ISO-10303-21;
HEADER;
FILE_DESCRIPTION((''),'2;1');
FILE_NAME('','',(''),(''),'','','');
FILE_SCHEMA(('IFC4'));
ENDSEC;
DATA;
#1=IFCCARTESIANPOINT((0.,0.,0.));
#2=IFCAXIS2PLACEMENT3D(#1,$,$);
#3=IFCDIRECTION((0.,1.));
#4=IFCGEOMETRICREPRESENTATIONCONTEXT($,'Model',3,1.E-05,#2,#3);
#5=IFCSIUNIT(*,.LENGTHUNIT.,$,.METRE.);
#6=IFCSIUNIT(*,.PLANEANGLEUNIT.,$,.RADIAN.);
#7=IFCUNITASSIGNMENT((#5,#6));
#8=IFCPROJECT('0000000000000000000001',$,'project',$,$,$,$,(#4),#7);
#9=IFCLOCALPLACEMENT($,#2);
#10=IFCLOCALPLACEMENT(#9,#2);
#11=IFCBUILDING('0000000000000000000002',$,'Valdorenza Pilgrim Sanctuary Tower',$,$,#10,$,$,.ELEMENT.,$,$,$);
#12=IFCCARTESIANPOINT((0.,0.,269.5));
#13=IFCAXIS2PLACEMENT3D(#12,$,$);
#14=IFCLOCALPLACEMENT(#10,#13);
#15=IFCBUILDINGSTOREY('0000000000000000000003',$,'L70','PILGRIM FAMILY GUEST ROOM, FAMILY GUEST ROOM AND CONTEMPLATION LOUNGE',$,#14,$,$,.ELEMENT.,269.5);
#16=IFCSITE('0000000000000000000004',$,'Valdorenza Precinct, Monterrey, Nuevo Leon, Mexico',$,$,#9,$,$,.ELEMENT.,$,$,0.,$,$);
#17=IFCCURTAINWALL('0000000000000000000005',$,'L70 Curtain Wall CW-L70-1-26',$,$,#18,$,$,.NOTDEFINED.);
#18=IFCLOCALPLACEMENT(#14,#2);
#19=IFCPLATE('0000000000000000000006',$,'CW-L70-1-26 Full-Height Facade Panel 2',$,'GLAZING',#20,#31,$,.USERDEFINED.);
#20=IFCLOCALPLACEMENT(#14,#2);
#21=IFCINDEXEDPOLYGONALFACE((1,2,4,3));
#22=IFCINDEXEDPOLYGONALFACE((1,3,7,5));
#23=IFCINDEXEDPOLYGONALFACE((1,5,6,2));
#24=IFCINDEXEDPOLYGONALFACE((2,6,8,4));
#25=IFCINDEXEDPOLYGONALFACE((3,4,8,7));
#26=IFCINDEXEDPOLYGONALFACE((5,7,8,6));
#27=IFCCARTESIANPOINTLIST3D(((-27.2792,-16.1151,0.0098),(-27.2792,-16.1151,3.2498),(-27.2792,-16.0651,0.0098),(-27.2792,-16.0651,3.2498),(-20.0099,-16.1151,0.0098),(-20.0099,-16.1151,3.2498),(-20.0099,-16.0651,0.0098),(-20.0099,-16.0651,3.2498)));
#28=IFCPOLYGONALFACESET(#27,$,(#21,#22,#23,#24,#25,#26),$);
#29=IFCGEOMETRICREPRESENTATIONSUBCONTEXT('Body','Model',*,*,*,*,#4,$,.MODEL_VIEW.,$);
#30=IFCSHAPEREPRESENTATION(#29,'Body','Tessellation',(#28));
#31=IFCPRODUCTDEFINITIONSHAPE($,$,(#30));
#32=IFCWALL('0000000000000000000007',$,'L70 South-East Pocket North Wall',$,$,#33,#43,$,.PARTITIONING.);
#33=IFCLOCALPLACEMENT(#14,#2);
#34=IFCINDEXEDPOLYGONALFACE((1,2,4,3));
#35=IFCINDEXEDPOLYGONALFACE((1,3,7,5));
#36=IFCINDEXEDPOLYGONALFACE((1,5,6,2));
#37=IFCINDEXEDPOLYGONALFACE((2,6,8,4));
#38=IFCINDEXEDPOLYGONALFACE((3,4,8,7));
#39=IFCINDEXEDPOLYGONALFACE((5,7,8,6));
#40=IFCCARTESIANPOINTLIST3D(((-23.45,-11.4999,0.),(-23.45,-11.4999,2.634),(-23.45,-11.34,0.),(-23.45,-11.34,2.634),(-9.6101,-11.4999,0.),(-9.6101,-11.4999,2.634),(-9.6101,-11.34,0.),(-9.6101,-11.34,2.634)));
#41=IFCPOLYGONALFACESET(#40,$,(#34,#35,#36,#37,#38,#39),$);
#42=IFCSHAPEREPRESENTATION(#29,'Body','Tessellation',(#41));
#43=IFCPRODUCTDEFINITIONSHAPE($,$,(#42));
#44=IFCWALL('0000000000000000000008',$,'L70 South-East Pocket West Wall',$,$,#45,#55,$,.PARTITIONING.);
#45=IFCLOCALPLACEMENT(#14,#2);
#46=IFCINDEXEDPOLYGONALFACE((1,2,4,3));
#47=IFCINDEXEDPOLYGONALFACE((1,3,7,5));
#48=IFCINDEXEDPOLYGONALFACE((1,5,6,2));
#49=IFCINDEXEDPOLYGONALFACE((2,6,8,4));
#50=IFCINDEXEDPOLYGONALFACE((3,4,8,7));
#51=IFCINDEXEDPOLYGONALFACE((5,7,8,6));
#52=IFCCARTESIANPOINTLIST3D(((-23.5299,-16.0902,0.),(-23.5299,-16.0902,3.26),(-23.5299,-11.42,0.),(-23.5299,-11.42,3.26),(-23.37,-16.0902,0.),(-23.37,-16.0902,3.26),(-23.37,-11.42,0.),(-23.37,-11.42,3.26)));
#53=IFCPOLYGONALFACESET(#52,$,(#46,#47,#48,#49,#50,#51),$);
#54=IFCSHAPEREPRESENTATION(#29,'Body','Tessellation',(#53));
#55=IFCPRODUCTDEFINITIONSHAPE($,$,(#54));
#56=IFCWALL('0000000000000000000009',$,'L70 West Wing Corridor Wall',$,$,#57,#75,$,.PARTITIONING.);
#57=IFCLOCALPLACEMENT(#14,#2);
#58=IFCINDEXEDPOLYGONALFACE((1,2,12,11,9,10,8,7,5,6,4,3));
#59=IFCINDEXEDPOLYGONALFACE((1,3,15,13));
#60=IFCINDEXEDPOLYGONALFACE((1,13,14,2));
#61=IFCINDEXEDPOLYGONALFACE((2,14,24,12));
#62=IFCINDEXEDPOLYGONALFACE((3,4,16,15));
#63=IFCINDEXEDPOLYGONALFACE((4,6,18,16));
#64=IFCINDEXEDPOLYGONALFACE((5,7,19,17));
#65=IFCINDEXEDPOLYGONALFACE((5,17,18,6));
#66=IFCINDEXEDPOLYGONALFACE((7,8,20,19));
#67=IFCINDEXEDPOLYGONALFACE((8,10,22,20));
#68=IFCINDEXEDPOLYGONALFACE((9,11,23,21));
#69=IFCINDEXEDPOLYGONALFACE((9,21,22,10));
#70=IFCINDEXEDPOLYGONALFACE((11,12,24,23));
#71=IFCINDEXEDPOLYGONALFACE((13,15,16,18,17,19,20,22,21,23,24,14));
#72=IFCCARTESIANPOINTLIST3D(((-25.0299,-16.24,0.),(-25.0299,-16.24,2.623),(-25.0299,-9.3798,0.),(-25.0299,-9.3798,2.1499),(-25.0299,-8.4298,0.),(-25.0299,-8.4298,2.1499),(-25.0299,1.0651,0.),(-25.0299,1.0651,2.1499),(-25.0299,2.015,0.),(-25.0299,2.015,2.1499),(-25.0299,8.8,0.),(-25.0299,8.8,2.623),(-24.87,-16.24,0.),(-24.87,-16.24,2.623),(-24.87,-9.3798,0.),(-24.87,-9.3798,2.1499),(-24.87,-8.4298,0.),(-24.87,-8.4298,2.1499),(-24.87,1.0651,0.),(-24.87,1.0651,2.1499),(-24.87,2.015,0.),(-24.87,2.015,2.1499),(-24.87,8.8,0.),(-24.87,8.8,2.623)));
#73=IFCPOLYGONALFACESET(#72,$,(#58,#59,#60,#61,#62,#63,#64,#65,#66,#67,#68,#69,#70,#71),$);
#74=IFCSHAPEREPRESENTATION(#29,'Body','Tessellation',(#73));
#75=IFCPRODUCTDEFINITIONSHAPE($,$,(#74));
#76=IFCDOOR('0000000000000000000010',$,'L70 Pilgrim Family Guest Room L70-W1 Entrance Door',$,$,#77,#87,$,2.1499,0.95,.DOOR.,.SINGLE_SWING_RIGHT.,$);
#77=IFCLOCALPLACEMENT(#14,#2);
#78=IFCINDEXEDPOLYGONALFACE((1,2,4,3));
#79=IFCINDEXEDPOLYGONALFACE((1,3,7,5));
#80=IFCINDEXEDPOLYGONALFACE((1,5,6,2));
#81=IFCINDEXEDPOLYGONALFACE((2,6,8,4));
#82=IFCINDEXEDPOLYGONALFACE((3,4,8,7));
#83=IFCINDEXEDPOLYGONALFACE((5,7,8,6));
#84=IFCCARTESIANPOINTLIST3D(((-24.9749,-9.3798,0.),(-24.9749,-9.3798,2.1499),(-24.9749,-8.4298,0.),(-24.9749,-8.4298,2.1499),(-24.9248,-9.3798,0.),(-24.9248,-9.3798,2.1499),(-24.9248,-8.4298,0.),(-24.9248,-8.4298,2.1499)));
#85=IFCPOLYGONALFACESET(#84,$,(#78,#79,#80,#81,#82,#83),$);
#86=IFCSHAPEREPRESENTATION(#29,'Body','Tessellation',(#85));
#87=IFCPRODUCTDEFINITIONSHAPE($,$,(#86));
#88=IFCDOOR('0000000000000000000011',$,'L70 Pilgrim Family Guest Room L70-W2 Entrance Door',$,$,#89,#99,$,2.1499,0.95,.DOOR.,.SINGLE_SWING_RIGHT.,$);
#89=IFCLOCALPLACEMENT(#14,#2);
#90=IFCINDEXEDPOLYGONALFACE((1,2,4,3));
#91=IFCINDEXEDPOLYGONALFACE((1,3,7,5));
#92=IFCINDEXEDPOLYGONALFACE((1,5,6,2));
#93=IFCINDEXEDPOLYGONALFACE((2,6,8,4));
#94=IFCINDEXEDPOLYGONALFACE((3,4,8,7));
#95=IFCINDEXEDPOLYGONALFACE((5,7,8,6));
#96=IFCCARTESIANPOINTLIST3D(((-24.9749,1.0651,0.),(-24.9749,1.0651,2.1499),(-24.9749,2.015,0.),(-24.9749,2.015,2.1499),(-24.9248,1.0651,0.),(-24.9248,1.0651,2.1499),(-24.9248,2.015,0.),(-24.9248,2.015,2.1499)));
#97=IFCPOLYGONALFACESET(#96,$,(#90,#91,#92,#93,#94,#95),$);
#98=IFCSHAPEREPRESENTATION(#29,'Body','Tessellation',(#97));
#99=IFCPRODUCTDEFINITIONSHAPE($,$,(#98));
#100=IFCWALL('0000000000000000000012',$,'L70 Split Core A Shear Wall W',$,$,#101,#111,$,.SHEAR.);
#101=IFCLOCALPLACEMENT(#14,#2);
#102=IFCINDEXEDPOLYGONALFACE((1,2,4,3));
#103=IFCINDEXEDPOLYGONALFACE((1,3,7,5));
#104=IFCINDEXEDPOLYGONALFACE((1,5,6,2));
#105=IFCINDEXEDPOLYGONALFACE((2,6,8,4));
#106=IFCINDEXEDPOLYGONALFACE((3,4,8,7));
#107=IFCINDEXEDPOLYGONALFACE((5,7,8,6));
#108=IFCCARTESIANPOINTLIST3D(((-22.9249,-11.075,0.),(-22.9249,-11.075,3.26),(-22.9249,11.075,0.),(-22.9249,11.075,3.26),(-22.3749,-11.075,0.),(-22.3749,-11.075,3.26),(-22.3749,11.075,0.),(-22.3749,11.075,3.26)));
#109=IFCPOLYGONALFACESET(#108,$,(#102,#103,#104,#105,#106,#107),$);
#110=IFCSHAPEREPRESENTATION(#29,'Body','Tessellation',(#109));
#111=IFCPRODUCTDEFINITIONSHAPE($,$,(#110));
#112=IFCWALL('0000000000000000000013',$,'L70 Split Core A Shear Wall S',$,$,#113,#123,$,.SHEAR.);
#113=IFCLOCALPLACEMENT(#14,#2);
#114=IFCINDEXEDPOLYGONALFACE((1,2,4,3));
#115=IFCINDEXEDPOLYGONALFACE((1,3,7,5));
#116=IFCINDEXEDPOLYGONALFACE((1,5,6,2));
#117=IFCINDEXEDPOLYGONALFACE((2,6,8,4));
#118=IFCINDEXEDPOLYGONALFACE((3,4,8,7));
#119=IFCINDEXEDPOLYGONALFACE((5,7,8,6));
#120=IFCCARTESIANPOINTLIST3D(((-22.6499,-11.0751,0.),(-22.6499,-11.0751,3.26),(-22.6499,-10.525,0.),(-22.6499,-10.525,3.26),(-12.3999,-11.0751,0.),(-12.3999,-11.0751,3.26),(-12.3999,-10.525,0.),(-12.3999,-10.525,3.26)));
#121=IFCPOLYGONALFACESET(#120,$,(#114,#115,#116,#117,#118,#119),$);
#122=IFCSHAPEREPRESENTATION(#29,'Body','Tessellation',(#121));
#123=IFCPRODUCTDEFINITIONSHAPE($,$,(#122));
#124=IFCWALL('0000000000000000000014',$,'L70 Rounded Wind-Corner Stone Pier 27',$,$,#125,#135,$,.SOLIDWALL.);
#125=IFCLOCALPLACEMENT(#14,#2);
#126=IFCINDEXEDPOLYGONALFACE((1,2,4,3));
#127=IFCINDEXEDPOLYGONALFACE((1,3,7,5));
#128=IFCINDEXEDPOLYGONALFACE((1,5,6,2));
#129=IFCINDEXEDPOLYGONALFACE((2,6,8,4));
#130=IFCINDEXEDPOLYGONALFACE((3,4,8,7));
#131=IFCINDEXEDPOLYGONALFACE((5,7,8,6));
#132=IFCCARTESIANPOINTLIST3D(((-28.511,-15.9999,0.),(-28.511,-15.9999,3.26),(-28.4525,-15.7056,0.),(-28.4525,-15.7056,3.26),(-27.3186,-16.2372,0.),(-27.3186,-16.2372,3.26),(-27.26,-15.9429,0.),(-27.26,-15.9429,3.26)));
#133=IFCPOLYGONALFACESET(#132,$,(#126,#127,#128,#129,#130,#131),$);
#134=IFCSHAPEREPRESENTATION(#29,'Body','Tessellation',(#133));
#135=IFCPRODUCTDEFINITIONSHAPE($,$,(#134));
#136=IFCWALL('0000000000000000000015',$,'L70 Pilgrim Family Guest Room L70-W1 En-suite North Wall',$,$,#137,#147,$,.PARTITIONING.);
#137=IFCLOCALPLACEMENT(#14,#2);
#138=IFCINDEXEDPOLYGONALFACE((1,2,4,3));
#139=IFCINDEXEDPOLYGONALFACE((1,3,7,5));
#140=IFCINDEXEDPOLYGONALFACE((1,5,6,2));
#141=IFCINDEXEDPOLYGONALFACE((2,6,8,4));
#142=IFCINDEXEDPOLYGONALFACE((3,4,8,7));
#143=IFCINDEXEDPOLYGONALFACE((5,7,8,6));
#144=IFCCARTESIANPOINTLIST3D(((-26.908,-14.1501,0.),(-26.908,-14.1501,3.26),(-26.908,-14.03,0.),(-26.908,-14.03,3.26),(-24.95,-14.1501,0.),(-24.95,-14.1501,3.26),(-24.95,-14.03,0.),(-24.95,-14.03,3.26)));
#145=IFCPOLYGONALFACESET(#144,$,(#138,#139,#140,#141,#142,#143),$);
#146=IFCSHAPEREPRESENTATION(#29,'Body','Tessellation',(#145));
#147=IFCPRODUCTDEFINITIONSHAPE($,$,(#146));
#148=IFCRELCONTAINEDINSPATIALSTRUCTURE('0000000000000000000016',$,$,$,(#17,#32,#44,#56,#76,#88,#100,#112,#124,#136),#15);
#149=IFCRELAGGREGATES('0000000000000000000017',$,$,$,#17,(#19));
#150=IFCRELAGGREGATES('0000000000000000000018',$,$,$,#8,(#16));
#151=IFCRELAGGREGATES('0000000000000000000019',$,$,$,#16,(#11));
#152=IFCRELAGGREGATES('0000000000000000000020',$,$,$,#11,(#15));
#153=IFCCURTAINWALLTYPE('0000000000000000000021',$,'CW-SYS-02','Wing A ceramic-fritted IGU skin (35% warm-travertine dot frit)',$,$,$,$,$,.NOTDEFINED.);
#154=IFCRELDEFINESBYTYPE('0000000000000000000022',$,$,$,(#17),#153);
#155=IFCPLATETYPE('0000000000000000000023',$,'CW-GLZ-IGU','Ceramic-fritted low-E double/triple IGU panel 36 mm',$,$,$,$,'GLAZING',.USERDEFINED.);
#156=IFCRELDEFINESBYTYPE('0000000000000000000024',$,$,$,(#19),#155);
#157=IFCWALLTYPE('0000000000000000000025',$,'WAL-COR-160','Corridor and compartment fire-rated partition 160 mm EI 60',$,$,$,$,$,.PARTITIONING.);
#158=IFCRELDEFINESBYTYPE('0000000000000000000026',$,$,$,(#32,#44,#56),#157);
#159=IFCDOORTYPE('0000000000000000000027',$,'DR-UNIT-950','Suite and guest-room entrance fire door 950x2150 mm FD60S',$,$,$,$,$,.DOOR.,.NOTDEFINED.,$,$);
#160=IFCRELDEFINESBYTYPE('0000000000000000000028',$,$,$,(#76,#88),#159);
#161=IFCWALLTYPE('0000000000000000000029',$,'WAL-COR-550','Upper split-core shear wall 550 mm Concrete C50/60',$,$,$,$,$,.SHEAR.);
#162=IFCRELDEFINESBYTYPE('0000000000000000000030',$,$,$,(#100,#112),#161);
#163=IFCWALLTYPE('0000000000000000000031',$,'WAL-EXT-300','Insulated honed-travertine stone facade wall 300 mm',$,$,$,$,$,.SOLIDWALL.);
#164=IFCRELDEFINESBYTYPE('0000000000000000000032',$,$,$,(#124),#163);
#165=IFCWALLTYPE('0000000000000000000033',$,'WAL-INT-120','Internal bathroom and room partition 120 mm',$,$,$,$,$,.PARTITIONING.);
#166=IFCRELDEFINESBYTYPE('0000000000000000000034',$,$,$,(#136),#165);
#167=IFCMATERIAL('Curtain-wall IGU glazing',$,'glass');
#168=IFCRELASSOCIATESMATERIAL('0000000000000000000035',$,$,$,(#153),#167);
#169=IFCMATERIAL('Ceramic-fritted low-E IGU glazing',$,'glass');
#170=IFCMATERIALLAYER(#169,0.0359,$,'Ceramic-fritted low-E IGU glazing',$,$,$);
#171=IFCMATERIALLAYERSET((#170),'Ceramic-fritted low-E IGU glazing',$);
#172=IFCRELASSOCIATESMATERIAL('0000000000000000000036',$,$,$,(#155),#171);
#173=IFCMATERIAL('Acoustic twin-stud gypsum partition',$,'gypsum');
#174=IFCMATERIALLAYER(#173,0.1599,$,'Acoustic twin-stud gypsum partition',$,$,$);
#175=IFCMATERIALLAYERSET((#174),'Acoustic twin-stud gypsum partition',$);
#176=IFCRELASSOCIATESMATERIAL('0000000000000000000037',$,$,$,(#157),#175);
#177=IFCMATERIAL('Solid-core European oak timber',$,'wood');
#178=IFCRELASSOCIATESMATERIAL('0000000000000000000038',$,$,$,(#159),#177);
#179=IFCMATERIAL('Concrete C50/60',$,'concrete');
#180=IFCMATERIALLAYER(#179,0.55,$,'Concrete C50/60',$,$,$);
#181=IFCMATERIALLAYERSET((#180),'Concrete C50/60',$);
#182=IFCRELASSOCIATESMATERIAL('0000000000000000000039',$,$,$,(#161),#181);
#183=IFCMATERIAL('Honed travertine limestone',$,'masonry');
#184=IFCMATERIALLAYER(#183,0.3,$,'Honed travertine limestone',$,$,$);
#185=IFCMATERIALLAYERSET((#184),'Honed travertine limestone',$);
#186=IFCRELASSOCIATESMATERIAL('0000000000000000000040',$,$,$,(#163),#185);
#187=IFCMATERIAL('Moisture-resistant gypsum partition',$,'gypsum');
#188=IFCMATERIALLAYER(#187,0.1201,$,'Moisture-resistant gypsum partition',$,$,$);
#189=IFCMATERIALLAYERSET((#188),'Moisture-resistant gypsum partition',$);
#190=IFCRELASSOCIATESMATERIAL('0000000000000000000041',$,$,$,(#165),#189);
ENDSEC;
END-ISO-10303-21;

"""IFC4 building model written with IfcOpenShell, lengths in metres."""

from ifc_helpers import new_model, si_unit, direction, frame, frame_2d, origin, origin_2d, place, context, subcontext, project, spatial, rectangle, extrude, source, transform, mapped, material, layer, layer_set, type_object, element, fill, aggregate, save


model = new_model("IFC4")

# Units and contexts
model_context = context("Model", 3, precision=1e-05, world=origin(), true_north=direction((0.0, 1.0)))
body_context = subcontext(model_context, "Body", "Model", "MODEL_VIEW")
ifc_project = project(units=[si_unit("LENGTHUNIT", "METRE"), si_unit("PLANEANGLEUNIT", "RADIAN")], contexts=[model_context])

# Site, building, storey
site_placement = place(None, origin())
site = spatial("IfcSite", under=ifc_project, at=site_placement, Name="Valdorenza Precinct, Monterrey, Nuevo Leon, Mexico", CompositionType="ELEMENT", RefElevation=0.0)
building_placement = place(site_placement, origin())
building = spatial("IfcBuilding", under=site, at=building_placement, Name="Valdorenza Pilgrim Sanctuary Tower", CompositionType="ELEMENT")
storey_placement = place(building_placement, frame((0.0, 0.0, 269.5)))
storey = spatial("IfcBuildingStorey", under=building, at=storey_placement, Name="L70", Description="PILGRIM FAMILY GUEST ROOM, FAMILY GUEST ROOM AND CONTEMPLATION LOUNGE", CompositionType="ELEMENT", Elevation=269.5)

# Shared definitions
ifc_material_1 = material(Name="Concrete C50/60", Category="concrete")

# Curtain wall, plate
ifc_material_2 = material(Name="Curtain-wall IGU glazing", Category="glass")
curtain_wall_type = type_object("IfcCurtainWallType", Name="CW-SYS-02", Description="Wing A ceramic-fritted IGU skin (35% warm-travertine dot frit)", PredefinedType="NOTDEFINED", material=ifc_material_2)
curtain_wall_placement = place(storey_placement, origin())
curtain_wall = element("IfcCurtainWall", 1, at=curtain_wall_placement, inside=storey, type_object=curtain_wall_type, Name="L70 Curtain Wall CW-L70-1-26", PredefinedType="NOTDEFINED")
ifc_material_3 = material(Name="Ceramic-fritted low-E IGU glazing", Category="glass")
ifc_layer_1 = layer(ifc_material_3, 0.0359, Name="Ceramic-fritted low-E IGU glazing")
ifc_layer_set_1 = layer_set([ifc_layer_1], Name="Ceramic-fritted low-E IGU glazing")
plate_type = type_object("IfcPlateType", Name="CW-GLZ-IGU", Description="Ceramic-fritted low-E double/triple IGU panel 36 mm", ElementType="GLAZING", PredefinedType="USERDEFINED", material=ifc_layer_set_1)
shared_shape_1 = source(origin(), body_context, "Body", "SweptSolid", [
    extrude(rectangle(XDim=7.2693, YDim=0.05, at=origin_2d()), origin(), (0.0, 0.0, 1.0), 3.24),
])
plate_placement = place(storey_placement, frame((-23.6445, -16.0901, 0.0098), z_axis=(0.0, 0.0, 1.0), x_axis=(-1.0, 0.0, 0.0)))
plate = element("IfcPlate", 2, at=plate_placement, type_object=plate_type, Name="CW-L70-1-26 Full-Height Facade Panel 2", ObjectType="GLAZING", PredefinedType="USERDEFINED", context=body_context, shape_type="MappedRepresentation", body=[
    mapped(shared_shape_1, transform((0.0, 0.0, 0.0), x_axis=(1.0, 0.0, 0.0), y_axis=(0.0, 1.0, 0.0), z_axis=(0.0, 0.0, 1.0), scale=1.0)),
])
aggregate(curtain_wall, [plate])

# Walls
ifc_material_4 = material(Name="Acoustic twin-stud gypsum partition", Category="gypsum")
ifc_layer_2 = layer(ifc_material_4, 0.1599, Name="Acoustic twin-stud gypsum partition")
ifc_layer_set_2 = layer_set([ifc_layer_2], Name="Acoustic twin-stud gypsum partition")
wall_type_1 = type_object("IfcWallType", Name="WAL-COR-160", Description="Corridor and compartment fire-rated partition 160 mm EI 60", PredefinedType="PARTITIONING", material=ifc_layer_set_2)
wall_1_placement = place(storey_placement, frame((-23.45, -11.4199, 0.0), z_axis=(0.0, 0.0, 1.0), x_axis=(1.0, 0.0, 0.0)))
element("IfcWall", 3, at=wall_1_placement, inside=storey, type_object=wall_type_1, Name="L70 South-East Pocket North Wall", PredefinedType="PARTITIONING", context=body_context, shape_type="SweptSolid", body=[
    extrude(rectangle(XDim=13.8398, YDim=0.1599, at=frame_2d((6.9199, 0.0))), origin(), (0.0, 0.0, 1.0), 2.634),
])
wall_2_placement = place(storey_placement, frame((-23.45, -16.0901, 0.0), z_axis=(0.0, 0.0, 1.0), x_axis=(0.0, 1.0, 0.0)))
element("IfcWall", 4, at=wall_2_placement, inside=storey, type_object=wall_type_1, Name="L70 South-East Pocket West Wall", PredefinedType="PARTITIONING", context=body_context, shape_type="SweptSolid", body=[
    extrude(rectangle(XDim=4.6702, YDim=0.1599, at=frame_2d((2.335, 0.0))), origin(), (0.0, 0.0, 1.0), 3.26),
])

# Wall, openings, doors
wall_3_placement = place(storey_placement, frame((-24.95, -16.24, 0.0), z_axis=(0.0, 0.0, 1.0), x_axis=(0.0, 1.0, 0.0)))
wall_3 = element("IfcWall", 5, at=wall_3_placement, inside=storey, type_object=wall_type_1, Name="L70 West Wing Corridor Wall", PredefinedType="PARTITIONING", context=body_context, shape_type="SweptSolid", body=[
    extrude(rectangle(XDim=25.04, YDim=0.1599, at=frame_2d((12.52, 0.0))), origin(), (0.0, 0.0, 1.0), 2.623),
])
opening_1_placement = place(wall_3_placement, frame((6.8601, 0.0, 0.0)))
opening_1 = element("IfcOpeningElement", 6, at=opening_1_placement, cuts=wall_3, PredefinedType="OPENING", context=body_context, shape_type="SweptSolid", body=[
    extrude(rectangle(XDim=0.95, YDim=2.1499, at=frame_2d((0.4751, 1.075))), frame((0.0, 0.0947, 0.0), z_axis=(0.0, -1.0, 0.0), x_axis=(1.0, 0.0, 0.0)), (0.0, 0.0, 1.0), 0.1897),
])
opening_2_placement = place(wall_3_placement, frame((17.3049, 0.0, 0.0)))
opening_2 = element("IfcOpeningElement", 7, at=opening_2_placement, cuts=wall_3, PredefinedType="OPENING", context=body_context, shape_type="SweptSolid", body=[
    extrude(rectangle(XDim=0.95, YDim=2.1499, at=frame_2d((0.4751, 1.075))), frame((0.0, 0.0947, 0.0), z_axis=(0.0, -1.0, 0.0), x_axis=(1.0, 0.0, 0.0)), (0.0, 0.0, 1.0), 0.1897),
])
ifc_material_5 = material(Name="Solid-core European oak timber", Category="wood")
door_type_1 = type_object("IfcDoorType", Name="DR-UNIT-950", Description="Suite and guest-room entrance fire door 950x2150 mm FD60S", OperationType="NOTDEFINED", PredefinedType="DOOR", material=ifc_material_5)
door_1_placement = place(opening_1_placement, origin())
door_1 = element("IfcDoor", 8, at=door_1_placement, inside=storey, type_object=door_type_1, Name="L70 Pilgrim Family Guest Room L70-W1 Entrance Door", OperationType="SINGLE_SWING_RIGHT", OverallHeight=2.1499, OverallWidth=0.95, PredefinedType="DOOR", context=body_context, shape_type="SweptSolid", body=[
    extrude(rectangle(XDim=0.95, YDim=2.1499, at=frame_2d((0.4751, 1.075))), frame((0.0, 0.0249, 0.0), z_axis=(0.0, -1.0, 0.0), x_axis=(1.0, 0.0, 0.0)), (0.0, 0.0, 1.0), 0.05),
])
fill(opening_1, door_1)
door_2_placement = place(opening_2_placement, origin())
door_2 = element("IfcDoor", 9, at=door_2_placement, inside=storey, type_object=door_type_1, Name="L70 Pilgrim Family Guest Room L70-W2 Entrance Door", OperationType="SINGLE_SWING_RIGHT", OverallHeight=2.1499, OverallWidth=0.95, PredefinedType="DOOR", context=body_context, shape_type="SweptSolid", body=[
    extrude(rectangle(XDim=0.95, YDim=2.1499, at=frame_2d((0.4751, 1.075))), frame((0.0, 0.0249, 0.0), z_axis=(0.0, -1.0, 0.0), x_axis=(1.0, 0.0, 0.0)), (0.0, 0.0, 1.0), 0.05),
])
fill(opening_2, door_2)

# Walls
ifc_layer_3 = layer(ifc_material_1, 0.55, Name="Concrete C50/60")
ifc_layer_set_3 = layer_set([ifc_layer_3], Name="Concrete C50/60")
wall_type_2 = type_object("IfcWallType", Name="WAL-COR-550", Description="Upper split-core shear wall 550 mm Concrete C50/60", PredefinedType="SHEAR", material=ifc_layer_set_3)
wall_4_placement = place(storey_placement, frame((-22.6499, -11.075, 0.0), z_axis=(0.0, 0.0, 1.0), x_axis=(0.0, 1.0, 0.0)))
element("IfcWall", 10, at=wall_4_placement, inside=storey, type_object=wall_type_2, Name="L70 Split Core A Shear Wall W", PredefinedType="SHEAR", context=body_context, shape_type="SweptSolid", body=[
    extrude(rectangle(XDim=22.1499, YDim=0.55, at=frame_2d((11.075, 0.0))), origin(), (0.0, 0.0, 1.0), 3.26),
])
wall_5_placement = place(storey_placement, frame((-22.6499, -10.8, 0.0), z_axis=(0.0, 0.0, 1.0), x_axis=(1.0, 0.0, 0.0)))
element("IfcWall", 11, at=wall_5_placement, inside=storey, type_object=wall_type_2, Name="L70 Split Core A Shear Wall S", PredefinedType="SHEAR", context=body_context, shape_type="SweptSolid", body=[
    extrude(rectangle(XDim=10.25, YDim=0.55, at=frame_2d((5.125, 0.0))), origin(), (0.0, 0.0, 1.0), 3.26),
])
ifc_material_6 = material(Name="Honed travertine limestone", Category="masonry")
ifc_layer_4 = layer(ifc_material_6, 0.3, Name="Honed travertine limestone")
ifc_layer_set_4 = layer_set([ifc_layer_4], Name="Honed travertine limestone")
wall_type_3 = type_object("IfcWallType", Name="WAL-EXT-300", Description="Insulated honed-travertine stone facade wall 300 mm", PredefinedType="SOLIDWALL", material=ifc_layer_set_4)
wall_6_placement = place(storey_placement, frame((-27.2893, -16.0901, 0.0), z_axis=(0.0, 0.0, 1.0), x_axis=(-0.980766, 0.195189, 0.0)))
element("IfcWall", 12, at=wall_6_placement, inside=storey, type_object=wall_type_3, Name="L70 Rounded Wind-Corner Stone Pier 27", PredefinedType="SOLIDWALL", context=body_context, shape_type="SweptSolid", body=[
    extrude(rectangle(XDim=1.2158, YDim=0.3, at=frame_2d((0.6079, 0.0))), origin(), (0.0, 0.0, 1.0), 3.26),
])
ifc_material_7 = material(Name="Moisture-resistant gypsum partition", Category="gypsum")
ifc_layer_5 = layer(ifc_material_7, 0.1201, Name="Moisture-resistant gypsum partition")
ifc_layer_set_5 = layer_set([ifc_layer_5], Name="Moisture-resistant gypsum partition")
wall_type_4 = type_object("IfcWallType", Name="WAL-INT-120", Description="Internal bathroom and room partition 120 mm", PredefinedType="PARTITIONING", material=ifc_layer_set_5)
wall_7_placement = place(storey_placement, frame((-26.908, -14.0901, 0.0), z_axis=(0.0, 0.0, 1.0), x_axis=(1.0, 0.0, 0.0)))
element("IfcWall", 13, at=wall_7_placement, inside=storey, type_object=wall_type_4, Name="L70 Pilgrim Family Guest Room L70-W1 En-suite North Wall", PredefinedType="PARTITIONING", context=body_context, shape_type="SweptSolid", body=[
    extrude(rectangle(XDim=1.958, YDim=0.1201, at=frame_2d((0.979, 0.0))), origin(), (0.0, 0.0, 1.0), 3.26),
])

save(model, "model.ifc")
